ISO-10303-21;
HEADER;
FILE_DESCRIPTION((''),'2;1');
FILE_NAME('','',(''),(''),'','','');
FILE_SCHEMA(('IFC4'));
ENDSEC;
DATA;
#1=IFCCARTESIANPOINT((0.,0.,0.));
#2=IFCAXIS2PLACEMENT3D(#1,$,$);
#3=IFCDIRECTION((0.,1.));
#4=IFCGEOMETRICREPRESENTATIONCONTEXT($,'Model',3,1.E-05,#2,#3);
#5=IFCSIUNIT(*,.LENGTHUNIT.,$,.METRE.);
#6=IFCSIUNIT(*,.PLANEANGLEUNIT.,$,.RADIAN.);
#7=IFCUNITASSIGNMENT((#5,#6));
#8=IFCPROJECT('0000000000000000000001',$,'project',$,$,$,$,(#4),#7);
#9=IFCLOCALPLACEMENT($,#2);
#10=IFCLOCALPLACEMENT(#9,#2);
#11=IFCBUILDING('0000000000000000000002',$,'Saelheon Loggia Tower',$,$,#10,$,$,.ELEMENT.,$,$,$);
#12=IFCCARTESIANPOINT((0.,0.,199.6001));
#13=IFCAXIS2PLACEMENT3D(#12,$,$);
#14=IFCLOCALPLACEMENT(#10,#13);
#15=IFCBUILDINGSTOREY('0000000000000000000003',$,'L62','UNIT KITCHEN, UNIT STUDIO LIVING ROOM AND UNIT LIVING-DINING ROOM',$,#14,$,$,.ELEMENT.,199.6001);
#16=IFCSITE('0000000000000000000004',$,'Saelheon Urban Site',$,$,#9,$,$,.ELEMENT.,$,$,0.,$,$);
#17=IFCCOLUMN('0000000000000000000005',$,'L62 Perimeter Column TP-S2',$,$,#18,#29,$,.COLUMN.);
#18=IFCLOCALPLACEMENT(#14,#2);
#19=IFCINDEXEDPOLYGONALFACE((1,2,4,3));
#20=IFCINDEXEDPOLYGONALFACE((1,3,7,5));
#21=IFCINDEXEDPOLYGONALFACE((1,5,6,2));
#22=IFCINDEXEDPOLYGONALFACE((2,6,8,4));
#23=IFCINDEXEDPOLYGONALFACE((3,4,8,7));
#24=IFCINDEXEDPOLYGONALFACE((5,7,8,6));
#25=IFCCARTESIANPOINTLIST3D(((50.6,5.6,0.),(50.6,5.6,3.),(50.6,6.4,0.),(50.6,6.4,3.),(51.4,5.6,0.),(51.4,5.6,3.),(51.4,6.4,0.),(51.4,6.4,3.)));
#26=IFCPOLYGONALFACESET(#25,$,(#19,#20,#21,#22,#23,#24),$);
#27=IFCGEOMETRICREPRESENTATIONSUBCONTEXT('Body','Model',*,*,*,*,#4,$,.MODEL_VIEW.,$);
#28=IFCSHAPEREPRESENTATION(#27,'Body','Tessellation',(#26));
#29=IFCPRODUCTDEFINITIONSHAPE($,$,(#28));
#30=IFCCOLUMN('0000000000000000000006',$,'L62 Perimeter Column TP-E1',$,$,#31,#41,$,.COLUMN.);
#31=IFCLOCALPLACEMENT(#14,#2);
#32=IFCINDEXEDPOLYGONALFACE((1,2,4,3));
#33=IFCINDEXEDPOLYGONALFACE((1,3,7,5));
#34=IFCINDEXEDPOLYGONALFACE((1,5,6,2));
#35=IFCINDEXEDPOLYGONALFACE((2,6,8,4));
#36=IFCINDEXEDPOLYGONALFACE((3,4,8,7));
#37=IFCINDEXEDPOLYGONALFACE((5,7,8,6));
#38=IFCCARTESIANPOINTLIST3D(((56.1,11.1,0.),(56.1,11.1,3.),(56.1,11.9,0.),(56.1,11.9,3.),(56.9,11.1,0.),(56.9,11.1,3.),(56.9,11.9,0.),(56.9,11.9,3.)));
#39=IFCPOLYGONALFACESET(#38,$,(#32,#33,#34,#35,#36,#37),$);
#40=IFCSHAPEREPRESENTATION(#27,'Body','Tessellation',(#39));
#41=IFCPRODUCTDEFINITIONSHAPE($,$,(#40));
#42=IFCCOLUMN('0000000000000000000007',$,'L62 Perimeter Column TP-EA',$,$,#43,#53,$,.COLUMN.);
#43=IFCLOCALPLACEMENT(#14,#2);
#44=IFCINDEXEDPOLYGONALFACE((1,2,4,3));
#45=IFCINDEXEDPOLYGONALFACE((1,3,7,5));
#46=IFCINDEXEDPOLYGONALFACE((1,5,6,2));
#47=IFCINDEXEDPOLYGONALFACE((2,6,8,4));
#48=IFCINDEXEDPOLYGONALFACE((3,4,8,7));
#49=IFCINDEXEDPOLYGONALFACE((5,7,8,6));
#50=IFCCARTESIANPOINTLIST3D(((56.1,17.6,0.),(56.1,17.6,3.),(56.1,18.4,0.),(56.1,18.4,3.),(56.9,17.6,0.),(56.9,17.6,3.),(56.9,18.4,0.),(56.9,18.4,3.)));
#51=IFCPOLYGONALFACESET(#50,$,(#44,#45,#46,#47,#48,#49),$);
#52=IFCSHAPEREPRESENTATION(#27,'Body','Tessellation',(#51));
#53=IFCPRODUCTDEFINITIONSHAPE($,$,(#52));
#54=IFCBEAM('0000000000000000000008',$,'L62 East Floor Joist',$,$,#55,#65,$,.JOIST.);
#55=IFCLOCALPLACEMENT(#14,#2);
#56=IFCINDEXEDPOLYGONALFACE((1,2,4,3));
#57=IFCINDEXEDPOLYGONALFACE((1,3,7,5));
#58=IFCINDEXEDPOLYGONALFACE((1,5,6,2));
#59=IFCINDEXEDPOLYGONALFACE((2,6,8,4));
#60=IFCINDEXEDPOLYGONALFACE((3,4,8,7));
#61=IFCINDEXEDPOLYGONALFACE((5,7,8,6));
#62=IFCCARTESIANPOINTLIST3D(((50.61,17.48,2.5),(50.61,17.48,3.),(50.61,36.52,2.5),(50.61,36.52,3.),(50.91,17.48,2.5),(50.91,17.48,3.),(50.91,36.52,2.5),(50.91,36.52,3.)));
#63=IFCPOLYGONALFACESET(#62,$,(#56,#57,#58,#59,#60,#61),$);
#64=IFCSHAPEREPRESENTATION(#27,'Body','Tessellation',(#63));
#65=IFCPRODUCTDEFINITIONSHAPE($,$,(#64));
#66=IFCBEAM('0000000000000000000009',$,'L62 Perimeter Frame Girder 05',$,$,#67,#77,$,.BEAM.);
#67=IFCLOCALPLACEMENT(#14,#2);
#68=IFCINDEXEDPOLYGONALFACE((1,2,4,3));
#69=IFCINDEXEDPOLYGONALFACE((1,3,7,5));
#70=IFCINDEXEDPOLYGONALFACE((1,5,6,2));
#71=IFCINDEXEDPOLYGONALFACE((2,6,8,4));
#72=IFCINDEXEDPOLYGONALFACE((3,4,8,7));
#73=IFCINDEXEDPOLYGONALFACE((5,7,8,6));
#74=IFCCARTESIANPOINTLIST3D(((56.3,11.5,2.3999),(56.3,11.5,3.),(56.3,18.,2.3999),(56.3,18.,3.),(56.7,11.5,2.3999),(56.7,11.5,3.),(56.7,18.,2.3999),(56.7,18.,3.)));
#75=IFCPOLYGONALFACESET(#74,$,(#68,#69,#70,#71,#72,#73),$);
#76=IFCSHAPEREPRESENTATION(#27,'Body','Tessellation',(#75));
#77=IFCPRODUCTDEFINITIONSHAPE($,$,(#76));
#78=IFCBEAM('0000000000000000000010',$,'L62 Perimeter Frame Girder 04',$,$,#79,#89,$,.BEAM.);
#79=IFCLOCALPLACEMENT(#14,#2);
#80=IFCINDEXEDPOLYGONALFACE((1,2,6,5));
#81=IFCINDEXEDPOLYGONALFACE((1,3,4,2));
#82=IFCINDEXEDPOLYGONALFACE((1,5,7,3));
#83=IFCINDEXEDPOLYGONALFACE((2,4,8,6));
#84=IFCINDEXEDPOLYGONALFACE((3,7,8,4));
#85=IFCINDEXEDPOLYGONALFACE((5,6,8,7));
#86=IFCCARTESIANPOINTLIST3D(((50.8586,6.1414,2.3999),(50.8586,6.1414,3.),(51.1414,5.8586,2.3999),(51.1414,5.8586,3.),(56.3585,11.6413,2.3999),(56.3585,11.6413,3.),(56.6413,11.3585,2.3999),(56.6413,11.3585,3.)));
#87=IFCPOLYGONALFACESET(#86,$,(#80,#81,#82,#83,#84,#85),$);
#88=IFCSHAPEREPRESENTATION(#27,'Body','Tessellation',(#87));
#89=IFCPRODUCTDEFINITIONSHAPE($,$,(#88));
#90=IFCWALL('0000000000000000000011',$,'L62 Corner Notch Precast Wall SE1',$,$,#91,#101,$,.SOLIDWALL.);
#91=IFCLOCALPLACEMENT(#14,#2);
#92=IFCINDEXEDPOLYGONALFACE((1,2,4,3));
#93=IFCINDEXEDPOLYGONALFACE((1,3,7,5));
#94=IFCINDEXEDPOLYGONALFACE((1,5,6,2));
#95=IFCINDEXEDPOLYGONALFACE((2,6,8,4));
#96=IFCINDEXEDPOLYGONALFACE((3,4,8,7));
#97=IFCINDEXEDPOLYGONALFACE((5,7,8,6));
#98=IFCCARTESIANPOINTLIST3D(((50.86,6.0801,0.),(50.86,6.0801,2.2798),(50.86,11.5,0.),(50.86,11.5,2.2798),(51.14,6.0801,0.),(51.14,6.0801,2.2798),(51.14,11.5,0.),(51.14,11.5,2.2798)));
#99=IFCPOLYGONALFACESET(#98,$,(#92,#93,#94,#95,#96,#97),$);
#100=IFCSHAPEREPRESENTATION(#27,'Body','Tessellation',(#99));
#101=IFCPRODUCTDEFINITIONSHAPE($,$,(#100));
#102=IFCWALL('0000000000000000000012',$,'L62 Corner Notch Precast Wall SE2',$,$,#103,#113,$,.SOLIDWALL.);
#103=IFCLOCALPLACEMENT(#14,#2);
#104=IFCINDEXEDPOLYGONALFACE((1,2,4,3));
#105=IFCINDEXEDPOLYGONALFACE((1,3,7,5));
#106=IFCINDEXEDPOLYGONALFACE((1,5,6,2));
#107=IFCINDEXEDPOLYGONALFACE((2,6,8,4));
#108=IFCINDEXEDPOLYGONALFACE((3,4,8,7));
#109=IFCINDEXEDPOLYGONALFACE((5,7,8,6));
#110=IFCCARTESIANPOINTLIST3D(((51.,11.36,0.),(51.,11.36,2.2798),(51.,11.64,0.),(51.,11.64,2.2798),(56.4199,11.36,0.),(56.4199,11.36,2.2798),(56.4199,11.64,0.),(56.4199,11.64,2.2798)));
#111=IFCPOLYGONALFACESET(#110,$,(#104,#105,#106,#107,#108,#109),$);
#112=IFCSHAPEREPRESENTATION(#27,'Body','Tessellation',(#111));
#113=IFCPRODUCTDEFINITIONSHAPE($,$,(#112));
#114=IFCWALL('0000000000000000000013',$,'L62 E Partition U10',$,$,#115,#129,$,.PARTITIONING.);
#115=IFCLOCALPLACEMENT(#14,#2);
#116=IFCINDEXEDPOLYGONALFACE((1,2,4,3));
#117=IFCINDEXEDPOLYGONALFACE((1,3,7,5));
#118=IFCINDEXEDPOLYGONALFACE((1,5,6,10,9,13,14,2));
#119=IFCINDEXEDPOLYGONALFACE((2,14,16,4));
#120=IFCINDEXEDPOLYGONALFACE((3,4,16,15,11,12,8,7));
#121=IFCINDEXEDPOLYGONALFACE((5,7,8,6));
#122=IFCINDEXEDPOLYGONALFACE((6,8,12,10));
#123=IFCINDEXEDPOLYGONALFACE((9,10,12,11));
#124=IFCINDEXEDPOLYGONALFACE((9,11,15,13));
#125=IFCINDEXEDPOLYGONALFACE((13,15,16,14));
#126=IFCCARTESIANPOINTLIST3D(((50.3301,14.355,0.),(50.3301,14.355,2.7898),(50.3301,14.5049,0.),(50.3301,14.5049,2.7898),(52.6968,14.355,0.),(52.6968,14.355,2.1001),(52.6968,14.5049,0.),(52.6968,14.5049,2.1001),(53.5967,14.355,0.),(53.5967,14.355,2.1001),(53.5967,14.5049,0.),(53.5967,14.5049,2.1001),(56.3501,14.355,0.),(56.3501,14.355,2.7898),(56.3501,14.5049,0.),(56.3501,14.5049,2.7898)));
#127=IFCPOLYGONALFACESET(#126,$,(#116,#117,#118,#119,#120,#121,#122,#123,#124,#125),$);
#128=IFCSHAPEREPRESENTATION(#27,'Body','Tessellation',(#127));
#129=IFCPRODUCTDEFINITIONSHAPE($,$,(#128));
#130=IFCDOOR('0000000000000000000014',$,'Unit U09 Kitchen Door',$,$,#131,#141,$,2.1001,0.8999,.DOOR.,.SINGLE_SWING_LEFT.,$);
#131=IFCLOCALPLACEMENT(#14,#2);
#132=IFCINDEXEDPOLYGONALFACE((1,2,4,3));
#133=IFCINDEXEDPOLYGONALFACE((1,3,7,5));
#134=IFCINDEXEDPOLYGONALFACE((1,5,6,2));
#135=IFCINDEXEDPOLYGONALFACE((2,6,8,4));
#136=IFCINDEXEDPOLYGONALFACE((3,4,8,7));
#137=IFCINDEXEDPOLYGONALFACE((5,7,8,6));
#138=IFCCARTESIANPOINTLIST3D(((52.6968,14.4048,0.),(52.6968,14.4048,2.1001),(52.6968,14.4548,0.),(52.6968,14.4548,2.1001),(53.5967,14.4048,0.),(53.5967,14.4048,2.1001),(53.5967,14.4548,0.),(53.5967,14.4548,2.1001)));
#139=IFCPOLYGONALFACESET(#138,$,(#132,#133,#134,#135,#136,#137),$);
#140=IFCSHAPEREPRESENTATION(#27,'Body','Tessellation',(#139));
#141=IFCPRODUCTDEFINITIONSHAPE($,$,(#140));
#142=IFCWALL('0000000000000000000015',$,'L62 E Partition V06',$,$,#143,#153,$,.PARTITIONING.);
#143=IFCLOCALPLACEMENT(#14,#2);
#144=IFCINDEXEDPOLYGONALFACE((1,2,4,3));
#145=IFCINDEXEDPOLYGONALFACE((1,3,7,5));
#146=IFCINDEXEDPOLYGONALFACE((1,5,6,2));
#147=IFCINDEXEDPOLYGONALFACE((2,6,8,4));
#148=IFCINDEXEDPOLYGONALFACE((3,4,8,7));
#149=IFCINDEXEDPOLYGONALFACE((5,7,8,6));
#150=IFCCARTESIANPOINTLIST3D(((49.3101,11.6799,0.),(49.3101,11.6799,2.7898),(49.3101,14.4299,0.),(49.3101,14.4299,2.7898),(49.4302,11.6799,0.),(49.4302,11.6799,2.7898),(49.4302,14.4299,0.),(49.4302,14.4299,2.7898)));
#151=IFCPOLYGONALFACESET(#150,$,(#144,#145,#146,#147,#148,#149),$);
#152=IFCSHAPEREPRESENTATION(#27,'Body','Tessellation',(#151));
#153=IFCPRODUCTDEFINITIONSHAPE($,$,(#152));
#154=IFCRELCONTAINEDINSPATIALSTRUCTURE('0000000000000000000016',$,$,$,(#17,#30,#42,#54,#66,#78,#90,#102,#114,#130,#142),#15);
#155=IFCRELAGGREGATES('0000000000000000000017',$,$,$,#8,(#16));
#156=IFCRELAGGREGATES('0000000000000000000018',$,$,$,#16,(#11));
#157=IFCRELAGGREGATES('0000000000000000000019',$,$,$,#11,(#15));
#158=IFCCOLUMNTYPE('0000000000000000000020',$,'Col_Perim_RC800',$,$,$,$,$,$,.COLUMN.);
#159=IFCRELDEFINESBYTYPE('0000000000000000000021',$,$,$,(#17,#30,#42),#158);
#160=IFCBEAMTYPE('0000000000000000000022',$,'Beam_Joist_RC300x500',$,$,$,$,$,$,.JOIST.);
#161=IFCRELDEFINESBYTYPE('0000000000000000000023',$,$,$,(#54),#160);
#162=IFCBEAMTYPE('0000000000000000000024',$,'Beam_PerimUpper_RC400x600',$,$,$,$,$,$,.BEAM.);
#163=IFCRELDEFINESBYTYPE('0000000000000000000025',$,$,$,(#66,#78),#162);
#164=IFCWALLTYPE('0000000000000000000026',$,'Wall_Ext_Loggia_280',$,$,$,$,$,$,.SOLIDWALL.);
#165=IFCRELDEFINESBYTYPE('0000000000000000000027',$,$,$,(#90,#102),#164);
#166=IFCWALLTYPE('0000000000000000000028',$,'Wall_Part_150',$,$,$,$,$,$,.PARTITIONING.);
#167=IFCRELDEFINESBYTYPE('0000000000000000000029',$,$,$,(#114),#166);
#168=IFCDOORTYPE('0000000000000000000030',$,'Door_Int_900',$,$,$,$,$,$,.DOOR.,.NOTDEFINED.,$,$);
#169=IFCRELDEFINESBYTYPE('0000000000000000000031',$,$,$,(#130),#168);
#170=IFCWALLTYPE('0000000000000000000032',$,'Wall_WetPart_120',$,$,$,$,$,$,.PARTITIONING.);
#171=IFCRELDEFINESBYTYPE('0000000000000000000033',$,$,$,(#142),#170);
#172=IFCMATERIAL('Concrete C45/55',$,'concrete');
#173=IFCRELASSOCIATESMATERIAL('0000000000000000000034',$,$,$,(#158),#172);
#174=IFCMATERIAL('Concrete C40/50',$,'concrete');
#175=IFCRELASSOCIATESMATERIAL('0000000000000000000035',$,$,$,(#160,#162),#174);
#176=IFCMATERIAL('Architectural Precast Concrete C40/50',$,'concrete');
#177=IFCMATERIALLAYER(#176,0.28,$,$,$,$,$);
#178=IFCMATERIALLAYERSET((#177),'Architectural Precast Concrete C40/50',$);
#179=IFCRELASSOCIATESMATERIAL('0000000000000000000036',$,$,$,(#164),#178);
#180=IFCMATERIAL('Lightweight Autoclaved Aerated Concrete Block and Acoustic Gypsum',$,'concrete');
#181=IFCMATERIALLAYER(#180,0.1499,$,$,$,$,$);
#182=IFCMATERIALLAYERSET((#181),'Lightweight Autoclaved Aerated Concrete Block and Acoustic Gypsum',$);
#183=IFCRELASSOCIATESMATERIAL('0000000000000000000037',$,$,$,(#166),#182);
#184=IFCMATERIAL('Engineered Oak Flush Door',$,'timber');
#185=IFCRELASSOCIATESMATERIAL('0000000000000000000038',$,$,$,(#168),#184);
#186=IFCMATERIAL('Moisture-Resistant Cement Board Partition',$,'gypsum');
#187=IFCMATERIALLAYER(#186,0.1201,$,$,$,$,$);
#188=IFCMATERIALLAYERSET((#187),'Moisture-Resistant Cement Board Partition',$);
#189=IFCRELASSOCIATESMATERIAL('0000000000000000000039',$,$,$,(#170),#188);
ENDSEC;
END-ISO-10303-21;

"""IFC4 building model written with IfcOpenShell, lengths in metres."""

from ifc_helpers import new_model, si_unit, direction, frame, frame_2d, origin, origin_2d, place, context, subcontext, project, spatial, rectangle, extrude, source, transform, mapped, material, layer, layer_set, material_profile, profile_set, type_object, element, fill, save


model = new_model("IFC4")

# Units and contexts
model_context = context("Model", 3, precision=1e-05, world=origin(), true_north=direction((0.0, 1.0)))
body_context = subcontext(model_context, "Body", "Model", "MODEL_VIEW")
ifc_project = project(units=[si_unit("LENGTHUNIT", "METRE"), si_unit("PLANEANGLEUNIT", "RADIAN")], contexts=[model_context])

# Site, building, storey
site_placement = place(None, origin())
site = spatial("IfcSite", under=ifc_project, at=site_placement, Name="Saelheon Urban Site", CompositionType="ELEMENT", RefElevation=0.0)
building_placement = place(site_placement, origin())
building = spatial("IfcBuilding", under=site, at=building_placement, Name="Saelheon Loggia Tower", CompositionType="ELEMENT")
storey_placement = place(building_placement, frame((0.0, 0.0, 199.6001)))
storey = spatial("IfcBuildingStorey", under=building, at=storey_placement, Name="L62", Description="UNIT KITCHEN, UNIT STUDIO LIVING ROOM AND UNIT LIVING-DINING ROOM", CompositionType="ELEMENT", Elevation=199.6001)

# Columns
ifc_material_1 = material(Name="Concrete C45/55", Category="concrete")
ifc_material_profile_1 = material_profile(ifc_material_1, rectangle(XDim=0.8, YDim=0.8, at=origin_2d()), Name="RC-800x800")
ifc_profile_set_1 = profile_set([ifc_material_profile_1], Name="Concrete C45/55")
column_type = type_object("IfcColumnType", Name="Col_Perim_RC800", PredefinedType="COLUMN", material=ifc_profile_set_1)
shared_shape_1 = source(origin(), body_context, "Body", "SweptSolid", [
    extrude(rectangle(XDim=0.8, YDim=0.8, at=origin_2d()), origin(), (0.0, 0.0, 1.0), 3.0),
])
for number, where, z_axis, x_axis, name in (
    (1, (51.0, 6.0, 0.0), (0.0, 0.0, 1.0), (1.0, 0.0, 0.0), "L62 Perimeter Column TP-S2"),
    (2, (56.5, 11.5, 0.0), (0.0, 0.0, 1.0), (1.0, 0.0, 0.0), "L62 Perimeter Column TP-E1"),
    (3, (56.5, 18.0, 0.0), (0.0, 0.0, 1.0), (1.0, 0.0, 0.0), "L62 Perimeter Column TP-EA"),
):
    element("IfcColumn", number, at=place(storey_placement, frame(where, z_axis=z_axis, x_axis=x_axis)), inside=storey, type_object=column_type, Name=name, PredefinedType="COLUMN", context=body_context, shape_type="MappedRepresentation", body=[
        mapped(shared_shape_1, transform((0.0, 0.0, 0.0), scale=1.0)),
    ])

# Beams
ifc_material_2 = material(Name="Concrete C40/50", Category="concrete")
ifc_material_profile_2 = material_profile(ifc_material_2, rectangle(XDim=0.3, YDim=0.5, at=origin_2d()), Name="RC-300x500")
ifc_profile_set_2 = profile_set([ifc_material_profile_2], Name="Concrete C40/50")
beam_type_1 = type_object("IfcBeamType", Name="Beam_Joist_RC300x500", PredefinedType="JOIST", material=ifc_profile_set_2)
shared_shape_2 = source(origin(), body_context, "Body", "SweptSolid", [
    extrude(rectangle(XDim=0.3, YDim=0.5, at=origin_2d()), origin(), (0.0, 0.0, 1.0), 19.04),
])
beam_1_placement = place(storey_placement, frame((50.76, 17.48, 2.75), z_axis=(0.0, 1.0, 0.0), x_axis=(-1.0, 0.0, 0.0)))
element("IfcBeam", 4, at=beam_1_placement, inside=storey, type_object=beam_type_1, Name="L62 East Floor Joist", PredefinedType="JOIST", context=body_context, shape_type="MappedRepresentation", body=[
    mapped(shared_shape_2, transform((0.0, 0.0, 0.0), scale=1.0)),
])
ifc_material_profile_3 = material_profile(ifc_material_2, rectangle(XDim=0.3999, YDim=0.6001, at=origin_2d()), Name="RC-400x600")
ifc_profile_set_3 = profile_set([ifc_material_profile_3], Name="Concrete C40/50")
beam_type_2 = type_object("IfcBeamType", Name="Beam_PerimUpper_RC400x600", PredefinedType="BEAM", material=ifc_profile_set_3)
shared_shape_3 = source(origin(), body_context, "Body", "SweptSolid", [
    extrude(rectangle(XDim=0.3999, YDim=0.6001, at=origin_2d()), origin(), (0.0, 0.0, 1.0), 6.5),
])
beam_2_placement = place(storey_placement, frame((56.5, 11.5, 2.7), z_axis=(0.0, 1.0, 0.0), x_axis=(-1.0, 0.0, 0.0)))
element("IfcBeam", 5, at=beam_2_placement, inside=storey, type_object=beam_type_2, Name="L62 Perimeter Frame Girder 05", PredefinedType="BEAM", context=body_context, shape_type="MappedRepresentation", body=[
    mapped(shared_shape_3, transform((0.0, 0.0, 0.0), scale=1.0)),
])
shared_shape_4 = source(origin(), body_context, "Body", "SweptSolid", [
    extrude(rectangle(XDim=0.3999, YDim=0.6001, at=origin_2d()), origin(), (0.0, 0.0, 1.0), 7.7781),
])
beam_3_placement = place(storey_placement, frame((51.0, 6.0, 2.7), z_axis=(0.707107, 0.707107, 0.0), x_axis=(-0.707107, 0.707107, 0.0)))
element("IfcBeam", 6, at=beam_3_placement, inside=storey, type_object=beam_type_2, Name="L62 Perimeter Frame Girder 04", PredefinedType="BEAM", context=body_context, shape_type="MappedRepresentation", body=[
    mapped(shared_shape_4, transform((0.0, 0.0, 0.0), scale=1.0)),
])

# Shared definitions
ifc_material_3 = material(Name="Architectural Precast Concrete C40/50", Category="concrete")
ifc_layer_1 = layer(ifc_material_3, 0.28)
ifc_layer_set_1 = layer_set([ifc_layer_1], Name="Architectural Precast Concrete C40/50")
wall_type_1 = type_object("IfcWallType", Name="Wall_Ext_Loggia_280", PredefinedType="SOLIDWALL", material=ifc_layer_set_1)

# Walls
for number, where, z_axis, x_axis, name in (
    (7, (51.0, 6.0801, 0.0), (0.0, 0.0, 1.0), (0.0, 1.0, 0.0), "L62 Corner Notch Precast Wall SE1"),
    (8, (51.0, 11.5, 0.0), (0.0, 0.0, 1.0), (1.0, 0.0, 0.0), "L62 Corner Notch Precast Wall SE2"),
):
    element("IfcWall", number, at=place(storey_placement, frame(where, z_axis=z_axis, x_axis=x_axis)), inside=storey, type_object=wall_type_1, Name=name, PredefinedType="SOLIDWALL", context=body_context, shape_type="SweptSolid", body=[
        extrude(rectangle(XDim=5.4199, YDim=0.28, at=frame_2d((2.71, 0.0))), origin(), (0.0, 0.0, 1.0), 2.2798),
    ])

# Wall, opening, door
ifc_material_4 = material(Name="Lightweight Autoclaved Aerated Concrete Block and Acoustic Gypsum", Category="concrete")
ifc_layer_2 = layer(ifc_material_4, 0.1499)
ifc_layer_set_2 = layer_set([ifc_layer_2], Name="Lightweight Autoclaved Aerated Concrete Block and Acoustic Gypsum")
wall_type_2 = type_object("IfcWallType", Name="Wall_Part_150", PredefinedType="PARTITIONING", material=ifc_layer_set_2)
wall_1_placement = place(storey_placement, frame((50.3301, 14.4299, 0.0), z_axis=(0.0, 0.0, 1.0), x_axis=(1.0, 0.0, 0.0)))
wall_1 = element("IfcWall", 9, at=wall_1_placement, inside=storey, type_object=wall_type_2, Name="L62 E Partition U10", PredefinedType="PARTITIONING", context=body_context, shape_type="SweptSolid", body=[
    extrude(rectangle(XDim=6.02, YDim=0.1499, at=frame_2d((3.01, 0.0))), origin(), (0.0, 0.0, 1.0), 2.7898),
])
opening_1_placement = place(wall_1_placement, frame((2.3667, 0.0, 0.0)))
opening_1 = element("IfcOpeningElement", 10, at=opening_1_placement, cuts=wall_1, PredefinedType="OPENING", context=body_context, shape_type="SweptSolid", body=[
    extrude(rectangle(XDim=0.8999, YDim=2.1001, at=frame_2d((0.45, 1.05))), frame((0.0, 0.0869, 0.0), z_axis=(0.0, -1.0, 0.0), x_axis=(1.0, 0.0, 0.0)), (0.0, 0.0, 1.0), 0.1738),
])
ifc_material_5 = material(Name="Engineered Oak Flush Door", Category="timber")
door_type_1 = type_object("IfcDoorType", Name="Door_Int_900", OperationType="NOTDEFINED", PredefinedType="DOOR", material=ifc_material_5)
shared_shape_5 = source(origin(), body_context, "Body", "SweptSolid", [
    extrude(rectangle(XDim=0.8999, YDim=2.1001, at=frame_2d((0.45, 1.05))), frame((0.0, 0.0249, 0.0), z_axis=(0.0, -1.0, 0.0), x_axis=(1.0, 0.0, 0.0)), (0.0, 0.0, 1.0), 0.05),
])
door_1_placement = place(opening_1_placement, origin())
door_1 = element("IfcDoor", 11, at=door_1_placement, inside=storey, type_object=door_type_1, Name="Unit U09 Kitchen Door", OperationType="SINGLE_SWING_LEFT", OverallHeight=2.1001, OverallWidth=0.8999, PredefinedType="DOOR", context=body_context, shape_type="MappedRepresentation", body=[
    mapped(shared_shape_5, transform((0.0, 0.0, 0.0), scale=1.0)),
])
fill(opening_1, door_1)

# Wall
ifc_material_6 = material(Name="Moisture-Resistant Cement Board Partition", Category="gypsum")
ifc_layer_3 = layer(ifc_material_6, 0.1201)
ifc_layer_set_3 = layer_set([ifc_layer_3], Name="Moisture-Resistant Cement Board Partition")
wall_type_3 = type_object("IfcWallType", Name="Wall_WetPart_120", PredefinedType="PARTITIONING", material=ifc_layer_set_3)
wall_2_placement = place(storey_placement, frame((49.3701, 11.6799, 0.0), z_axis=(0.0, 0.0, 1.0), x_axis=(0.0, 1.0, 0.0)))
element("IfcWall", 12, at=wall_2_placement, inside=storey, type_object=wall_type_3, Name="L62 E Partition V06", PredefinedType="PARTITIONING", context=body_context, shape_type="SweptSolid", body=[
    extrude(rectangle(XDim=2.75, YDim=0.1201, at=frame_2d((1.375, 0.0))), origin(), (0.0, 0.0, 1.0), 2.7898),
])

save(model, "model.ifc")
